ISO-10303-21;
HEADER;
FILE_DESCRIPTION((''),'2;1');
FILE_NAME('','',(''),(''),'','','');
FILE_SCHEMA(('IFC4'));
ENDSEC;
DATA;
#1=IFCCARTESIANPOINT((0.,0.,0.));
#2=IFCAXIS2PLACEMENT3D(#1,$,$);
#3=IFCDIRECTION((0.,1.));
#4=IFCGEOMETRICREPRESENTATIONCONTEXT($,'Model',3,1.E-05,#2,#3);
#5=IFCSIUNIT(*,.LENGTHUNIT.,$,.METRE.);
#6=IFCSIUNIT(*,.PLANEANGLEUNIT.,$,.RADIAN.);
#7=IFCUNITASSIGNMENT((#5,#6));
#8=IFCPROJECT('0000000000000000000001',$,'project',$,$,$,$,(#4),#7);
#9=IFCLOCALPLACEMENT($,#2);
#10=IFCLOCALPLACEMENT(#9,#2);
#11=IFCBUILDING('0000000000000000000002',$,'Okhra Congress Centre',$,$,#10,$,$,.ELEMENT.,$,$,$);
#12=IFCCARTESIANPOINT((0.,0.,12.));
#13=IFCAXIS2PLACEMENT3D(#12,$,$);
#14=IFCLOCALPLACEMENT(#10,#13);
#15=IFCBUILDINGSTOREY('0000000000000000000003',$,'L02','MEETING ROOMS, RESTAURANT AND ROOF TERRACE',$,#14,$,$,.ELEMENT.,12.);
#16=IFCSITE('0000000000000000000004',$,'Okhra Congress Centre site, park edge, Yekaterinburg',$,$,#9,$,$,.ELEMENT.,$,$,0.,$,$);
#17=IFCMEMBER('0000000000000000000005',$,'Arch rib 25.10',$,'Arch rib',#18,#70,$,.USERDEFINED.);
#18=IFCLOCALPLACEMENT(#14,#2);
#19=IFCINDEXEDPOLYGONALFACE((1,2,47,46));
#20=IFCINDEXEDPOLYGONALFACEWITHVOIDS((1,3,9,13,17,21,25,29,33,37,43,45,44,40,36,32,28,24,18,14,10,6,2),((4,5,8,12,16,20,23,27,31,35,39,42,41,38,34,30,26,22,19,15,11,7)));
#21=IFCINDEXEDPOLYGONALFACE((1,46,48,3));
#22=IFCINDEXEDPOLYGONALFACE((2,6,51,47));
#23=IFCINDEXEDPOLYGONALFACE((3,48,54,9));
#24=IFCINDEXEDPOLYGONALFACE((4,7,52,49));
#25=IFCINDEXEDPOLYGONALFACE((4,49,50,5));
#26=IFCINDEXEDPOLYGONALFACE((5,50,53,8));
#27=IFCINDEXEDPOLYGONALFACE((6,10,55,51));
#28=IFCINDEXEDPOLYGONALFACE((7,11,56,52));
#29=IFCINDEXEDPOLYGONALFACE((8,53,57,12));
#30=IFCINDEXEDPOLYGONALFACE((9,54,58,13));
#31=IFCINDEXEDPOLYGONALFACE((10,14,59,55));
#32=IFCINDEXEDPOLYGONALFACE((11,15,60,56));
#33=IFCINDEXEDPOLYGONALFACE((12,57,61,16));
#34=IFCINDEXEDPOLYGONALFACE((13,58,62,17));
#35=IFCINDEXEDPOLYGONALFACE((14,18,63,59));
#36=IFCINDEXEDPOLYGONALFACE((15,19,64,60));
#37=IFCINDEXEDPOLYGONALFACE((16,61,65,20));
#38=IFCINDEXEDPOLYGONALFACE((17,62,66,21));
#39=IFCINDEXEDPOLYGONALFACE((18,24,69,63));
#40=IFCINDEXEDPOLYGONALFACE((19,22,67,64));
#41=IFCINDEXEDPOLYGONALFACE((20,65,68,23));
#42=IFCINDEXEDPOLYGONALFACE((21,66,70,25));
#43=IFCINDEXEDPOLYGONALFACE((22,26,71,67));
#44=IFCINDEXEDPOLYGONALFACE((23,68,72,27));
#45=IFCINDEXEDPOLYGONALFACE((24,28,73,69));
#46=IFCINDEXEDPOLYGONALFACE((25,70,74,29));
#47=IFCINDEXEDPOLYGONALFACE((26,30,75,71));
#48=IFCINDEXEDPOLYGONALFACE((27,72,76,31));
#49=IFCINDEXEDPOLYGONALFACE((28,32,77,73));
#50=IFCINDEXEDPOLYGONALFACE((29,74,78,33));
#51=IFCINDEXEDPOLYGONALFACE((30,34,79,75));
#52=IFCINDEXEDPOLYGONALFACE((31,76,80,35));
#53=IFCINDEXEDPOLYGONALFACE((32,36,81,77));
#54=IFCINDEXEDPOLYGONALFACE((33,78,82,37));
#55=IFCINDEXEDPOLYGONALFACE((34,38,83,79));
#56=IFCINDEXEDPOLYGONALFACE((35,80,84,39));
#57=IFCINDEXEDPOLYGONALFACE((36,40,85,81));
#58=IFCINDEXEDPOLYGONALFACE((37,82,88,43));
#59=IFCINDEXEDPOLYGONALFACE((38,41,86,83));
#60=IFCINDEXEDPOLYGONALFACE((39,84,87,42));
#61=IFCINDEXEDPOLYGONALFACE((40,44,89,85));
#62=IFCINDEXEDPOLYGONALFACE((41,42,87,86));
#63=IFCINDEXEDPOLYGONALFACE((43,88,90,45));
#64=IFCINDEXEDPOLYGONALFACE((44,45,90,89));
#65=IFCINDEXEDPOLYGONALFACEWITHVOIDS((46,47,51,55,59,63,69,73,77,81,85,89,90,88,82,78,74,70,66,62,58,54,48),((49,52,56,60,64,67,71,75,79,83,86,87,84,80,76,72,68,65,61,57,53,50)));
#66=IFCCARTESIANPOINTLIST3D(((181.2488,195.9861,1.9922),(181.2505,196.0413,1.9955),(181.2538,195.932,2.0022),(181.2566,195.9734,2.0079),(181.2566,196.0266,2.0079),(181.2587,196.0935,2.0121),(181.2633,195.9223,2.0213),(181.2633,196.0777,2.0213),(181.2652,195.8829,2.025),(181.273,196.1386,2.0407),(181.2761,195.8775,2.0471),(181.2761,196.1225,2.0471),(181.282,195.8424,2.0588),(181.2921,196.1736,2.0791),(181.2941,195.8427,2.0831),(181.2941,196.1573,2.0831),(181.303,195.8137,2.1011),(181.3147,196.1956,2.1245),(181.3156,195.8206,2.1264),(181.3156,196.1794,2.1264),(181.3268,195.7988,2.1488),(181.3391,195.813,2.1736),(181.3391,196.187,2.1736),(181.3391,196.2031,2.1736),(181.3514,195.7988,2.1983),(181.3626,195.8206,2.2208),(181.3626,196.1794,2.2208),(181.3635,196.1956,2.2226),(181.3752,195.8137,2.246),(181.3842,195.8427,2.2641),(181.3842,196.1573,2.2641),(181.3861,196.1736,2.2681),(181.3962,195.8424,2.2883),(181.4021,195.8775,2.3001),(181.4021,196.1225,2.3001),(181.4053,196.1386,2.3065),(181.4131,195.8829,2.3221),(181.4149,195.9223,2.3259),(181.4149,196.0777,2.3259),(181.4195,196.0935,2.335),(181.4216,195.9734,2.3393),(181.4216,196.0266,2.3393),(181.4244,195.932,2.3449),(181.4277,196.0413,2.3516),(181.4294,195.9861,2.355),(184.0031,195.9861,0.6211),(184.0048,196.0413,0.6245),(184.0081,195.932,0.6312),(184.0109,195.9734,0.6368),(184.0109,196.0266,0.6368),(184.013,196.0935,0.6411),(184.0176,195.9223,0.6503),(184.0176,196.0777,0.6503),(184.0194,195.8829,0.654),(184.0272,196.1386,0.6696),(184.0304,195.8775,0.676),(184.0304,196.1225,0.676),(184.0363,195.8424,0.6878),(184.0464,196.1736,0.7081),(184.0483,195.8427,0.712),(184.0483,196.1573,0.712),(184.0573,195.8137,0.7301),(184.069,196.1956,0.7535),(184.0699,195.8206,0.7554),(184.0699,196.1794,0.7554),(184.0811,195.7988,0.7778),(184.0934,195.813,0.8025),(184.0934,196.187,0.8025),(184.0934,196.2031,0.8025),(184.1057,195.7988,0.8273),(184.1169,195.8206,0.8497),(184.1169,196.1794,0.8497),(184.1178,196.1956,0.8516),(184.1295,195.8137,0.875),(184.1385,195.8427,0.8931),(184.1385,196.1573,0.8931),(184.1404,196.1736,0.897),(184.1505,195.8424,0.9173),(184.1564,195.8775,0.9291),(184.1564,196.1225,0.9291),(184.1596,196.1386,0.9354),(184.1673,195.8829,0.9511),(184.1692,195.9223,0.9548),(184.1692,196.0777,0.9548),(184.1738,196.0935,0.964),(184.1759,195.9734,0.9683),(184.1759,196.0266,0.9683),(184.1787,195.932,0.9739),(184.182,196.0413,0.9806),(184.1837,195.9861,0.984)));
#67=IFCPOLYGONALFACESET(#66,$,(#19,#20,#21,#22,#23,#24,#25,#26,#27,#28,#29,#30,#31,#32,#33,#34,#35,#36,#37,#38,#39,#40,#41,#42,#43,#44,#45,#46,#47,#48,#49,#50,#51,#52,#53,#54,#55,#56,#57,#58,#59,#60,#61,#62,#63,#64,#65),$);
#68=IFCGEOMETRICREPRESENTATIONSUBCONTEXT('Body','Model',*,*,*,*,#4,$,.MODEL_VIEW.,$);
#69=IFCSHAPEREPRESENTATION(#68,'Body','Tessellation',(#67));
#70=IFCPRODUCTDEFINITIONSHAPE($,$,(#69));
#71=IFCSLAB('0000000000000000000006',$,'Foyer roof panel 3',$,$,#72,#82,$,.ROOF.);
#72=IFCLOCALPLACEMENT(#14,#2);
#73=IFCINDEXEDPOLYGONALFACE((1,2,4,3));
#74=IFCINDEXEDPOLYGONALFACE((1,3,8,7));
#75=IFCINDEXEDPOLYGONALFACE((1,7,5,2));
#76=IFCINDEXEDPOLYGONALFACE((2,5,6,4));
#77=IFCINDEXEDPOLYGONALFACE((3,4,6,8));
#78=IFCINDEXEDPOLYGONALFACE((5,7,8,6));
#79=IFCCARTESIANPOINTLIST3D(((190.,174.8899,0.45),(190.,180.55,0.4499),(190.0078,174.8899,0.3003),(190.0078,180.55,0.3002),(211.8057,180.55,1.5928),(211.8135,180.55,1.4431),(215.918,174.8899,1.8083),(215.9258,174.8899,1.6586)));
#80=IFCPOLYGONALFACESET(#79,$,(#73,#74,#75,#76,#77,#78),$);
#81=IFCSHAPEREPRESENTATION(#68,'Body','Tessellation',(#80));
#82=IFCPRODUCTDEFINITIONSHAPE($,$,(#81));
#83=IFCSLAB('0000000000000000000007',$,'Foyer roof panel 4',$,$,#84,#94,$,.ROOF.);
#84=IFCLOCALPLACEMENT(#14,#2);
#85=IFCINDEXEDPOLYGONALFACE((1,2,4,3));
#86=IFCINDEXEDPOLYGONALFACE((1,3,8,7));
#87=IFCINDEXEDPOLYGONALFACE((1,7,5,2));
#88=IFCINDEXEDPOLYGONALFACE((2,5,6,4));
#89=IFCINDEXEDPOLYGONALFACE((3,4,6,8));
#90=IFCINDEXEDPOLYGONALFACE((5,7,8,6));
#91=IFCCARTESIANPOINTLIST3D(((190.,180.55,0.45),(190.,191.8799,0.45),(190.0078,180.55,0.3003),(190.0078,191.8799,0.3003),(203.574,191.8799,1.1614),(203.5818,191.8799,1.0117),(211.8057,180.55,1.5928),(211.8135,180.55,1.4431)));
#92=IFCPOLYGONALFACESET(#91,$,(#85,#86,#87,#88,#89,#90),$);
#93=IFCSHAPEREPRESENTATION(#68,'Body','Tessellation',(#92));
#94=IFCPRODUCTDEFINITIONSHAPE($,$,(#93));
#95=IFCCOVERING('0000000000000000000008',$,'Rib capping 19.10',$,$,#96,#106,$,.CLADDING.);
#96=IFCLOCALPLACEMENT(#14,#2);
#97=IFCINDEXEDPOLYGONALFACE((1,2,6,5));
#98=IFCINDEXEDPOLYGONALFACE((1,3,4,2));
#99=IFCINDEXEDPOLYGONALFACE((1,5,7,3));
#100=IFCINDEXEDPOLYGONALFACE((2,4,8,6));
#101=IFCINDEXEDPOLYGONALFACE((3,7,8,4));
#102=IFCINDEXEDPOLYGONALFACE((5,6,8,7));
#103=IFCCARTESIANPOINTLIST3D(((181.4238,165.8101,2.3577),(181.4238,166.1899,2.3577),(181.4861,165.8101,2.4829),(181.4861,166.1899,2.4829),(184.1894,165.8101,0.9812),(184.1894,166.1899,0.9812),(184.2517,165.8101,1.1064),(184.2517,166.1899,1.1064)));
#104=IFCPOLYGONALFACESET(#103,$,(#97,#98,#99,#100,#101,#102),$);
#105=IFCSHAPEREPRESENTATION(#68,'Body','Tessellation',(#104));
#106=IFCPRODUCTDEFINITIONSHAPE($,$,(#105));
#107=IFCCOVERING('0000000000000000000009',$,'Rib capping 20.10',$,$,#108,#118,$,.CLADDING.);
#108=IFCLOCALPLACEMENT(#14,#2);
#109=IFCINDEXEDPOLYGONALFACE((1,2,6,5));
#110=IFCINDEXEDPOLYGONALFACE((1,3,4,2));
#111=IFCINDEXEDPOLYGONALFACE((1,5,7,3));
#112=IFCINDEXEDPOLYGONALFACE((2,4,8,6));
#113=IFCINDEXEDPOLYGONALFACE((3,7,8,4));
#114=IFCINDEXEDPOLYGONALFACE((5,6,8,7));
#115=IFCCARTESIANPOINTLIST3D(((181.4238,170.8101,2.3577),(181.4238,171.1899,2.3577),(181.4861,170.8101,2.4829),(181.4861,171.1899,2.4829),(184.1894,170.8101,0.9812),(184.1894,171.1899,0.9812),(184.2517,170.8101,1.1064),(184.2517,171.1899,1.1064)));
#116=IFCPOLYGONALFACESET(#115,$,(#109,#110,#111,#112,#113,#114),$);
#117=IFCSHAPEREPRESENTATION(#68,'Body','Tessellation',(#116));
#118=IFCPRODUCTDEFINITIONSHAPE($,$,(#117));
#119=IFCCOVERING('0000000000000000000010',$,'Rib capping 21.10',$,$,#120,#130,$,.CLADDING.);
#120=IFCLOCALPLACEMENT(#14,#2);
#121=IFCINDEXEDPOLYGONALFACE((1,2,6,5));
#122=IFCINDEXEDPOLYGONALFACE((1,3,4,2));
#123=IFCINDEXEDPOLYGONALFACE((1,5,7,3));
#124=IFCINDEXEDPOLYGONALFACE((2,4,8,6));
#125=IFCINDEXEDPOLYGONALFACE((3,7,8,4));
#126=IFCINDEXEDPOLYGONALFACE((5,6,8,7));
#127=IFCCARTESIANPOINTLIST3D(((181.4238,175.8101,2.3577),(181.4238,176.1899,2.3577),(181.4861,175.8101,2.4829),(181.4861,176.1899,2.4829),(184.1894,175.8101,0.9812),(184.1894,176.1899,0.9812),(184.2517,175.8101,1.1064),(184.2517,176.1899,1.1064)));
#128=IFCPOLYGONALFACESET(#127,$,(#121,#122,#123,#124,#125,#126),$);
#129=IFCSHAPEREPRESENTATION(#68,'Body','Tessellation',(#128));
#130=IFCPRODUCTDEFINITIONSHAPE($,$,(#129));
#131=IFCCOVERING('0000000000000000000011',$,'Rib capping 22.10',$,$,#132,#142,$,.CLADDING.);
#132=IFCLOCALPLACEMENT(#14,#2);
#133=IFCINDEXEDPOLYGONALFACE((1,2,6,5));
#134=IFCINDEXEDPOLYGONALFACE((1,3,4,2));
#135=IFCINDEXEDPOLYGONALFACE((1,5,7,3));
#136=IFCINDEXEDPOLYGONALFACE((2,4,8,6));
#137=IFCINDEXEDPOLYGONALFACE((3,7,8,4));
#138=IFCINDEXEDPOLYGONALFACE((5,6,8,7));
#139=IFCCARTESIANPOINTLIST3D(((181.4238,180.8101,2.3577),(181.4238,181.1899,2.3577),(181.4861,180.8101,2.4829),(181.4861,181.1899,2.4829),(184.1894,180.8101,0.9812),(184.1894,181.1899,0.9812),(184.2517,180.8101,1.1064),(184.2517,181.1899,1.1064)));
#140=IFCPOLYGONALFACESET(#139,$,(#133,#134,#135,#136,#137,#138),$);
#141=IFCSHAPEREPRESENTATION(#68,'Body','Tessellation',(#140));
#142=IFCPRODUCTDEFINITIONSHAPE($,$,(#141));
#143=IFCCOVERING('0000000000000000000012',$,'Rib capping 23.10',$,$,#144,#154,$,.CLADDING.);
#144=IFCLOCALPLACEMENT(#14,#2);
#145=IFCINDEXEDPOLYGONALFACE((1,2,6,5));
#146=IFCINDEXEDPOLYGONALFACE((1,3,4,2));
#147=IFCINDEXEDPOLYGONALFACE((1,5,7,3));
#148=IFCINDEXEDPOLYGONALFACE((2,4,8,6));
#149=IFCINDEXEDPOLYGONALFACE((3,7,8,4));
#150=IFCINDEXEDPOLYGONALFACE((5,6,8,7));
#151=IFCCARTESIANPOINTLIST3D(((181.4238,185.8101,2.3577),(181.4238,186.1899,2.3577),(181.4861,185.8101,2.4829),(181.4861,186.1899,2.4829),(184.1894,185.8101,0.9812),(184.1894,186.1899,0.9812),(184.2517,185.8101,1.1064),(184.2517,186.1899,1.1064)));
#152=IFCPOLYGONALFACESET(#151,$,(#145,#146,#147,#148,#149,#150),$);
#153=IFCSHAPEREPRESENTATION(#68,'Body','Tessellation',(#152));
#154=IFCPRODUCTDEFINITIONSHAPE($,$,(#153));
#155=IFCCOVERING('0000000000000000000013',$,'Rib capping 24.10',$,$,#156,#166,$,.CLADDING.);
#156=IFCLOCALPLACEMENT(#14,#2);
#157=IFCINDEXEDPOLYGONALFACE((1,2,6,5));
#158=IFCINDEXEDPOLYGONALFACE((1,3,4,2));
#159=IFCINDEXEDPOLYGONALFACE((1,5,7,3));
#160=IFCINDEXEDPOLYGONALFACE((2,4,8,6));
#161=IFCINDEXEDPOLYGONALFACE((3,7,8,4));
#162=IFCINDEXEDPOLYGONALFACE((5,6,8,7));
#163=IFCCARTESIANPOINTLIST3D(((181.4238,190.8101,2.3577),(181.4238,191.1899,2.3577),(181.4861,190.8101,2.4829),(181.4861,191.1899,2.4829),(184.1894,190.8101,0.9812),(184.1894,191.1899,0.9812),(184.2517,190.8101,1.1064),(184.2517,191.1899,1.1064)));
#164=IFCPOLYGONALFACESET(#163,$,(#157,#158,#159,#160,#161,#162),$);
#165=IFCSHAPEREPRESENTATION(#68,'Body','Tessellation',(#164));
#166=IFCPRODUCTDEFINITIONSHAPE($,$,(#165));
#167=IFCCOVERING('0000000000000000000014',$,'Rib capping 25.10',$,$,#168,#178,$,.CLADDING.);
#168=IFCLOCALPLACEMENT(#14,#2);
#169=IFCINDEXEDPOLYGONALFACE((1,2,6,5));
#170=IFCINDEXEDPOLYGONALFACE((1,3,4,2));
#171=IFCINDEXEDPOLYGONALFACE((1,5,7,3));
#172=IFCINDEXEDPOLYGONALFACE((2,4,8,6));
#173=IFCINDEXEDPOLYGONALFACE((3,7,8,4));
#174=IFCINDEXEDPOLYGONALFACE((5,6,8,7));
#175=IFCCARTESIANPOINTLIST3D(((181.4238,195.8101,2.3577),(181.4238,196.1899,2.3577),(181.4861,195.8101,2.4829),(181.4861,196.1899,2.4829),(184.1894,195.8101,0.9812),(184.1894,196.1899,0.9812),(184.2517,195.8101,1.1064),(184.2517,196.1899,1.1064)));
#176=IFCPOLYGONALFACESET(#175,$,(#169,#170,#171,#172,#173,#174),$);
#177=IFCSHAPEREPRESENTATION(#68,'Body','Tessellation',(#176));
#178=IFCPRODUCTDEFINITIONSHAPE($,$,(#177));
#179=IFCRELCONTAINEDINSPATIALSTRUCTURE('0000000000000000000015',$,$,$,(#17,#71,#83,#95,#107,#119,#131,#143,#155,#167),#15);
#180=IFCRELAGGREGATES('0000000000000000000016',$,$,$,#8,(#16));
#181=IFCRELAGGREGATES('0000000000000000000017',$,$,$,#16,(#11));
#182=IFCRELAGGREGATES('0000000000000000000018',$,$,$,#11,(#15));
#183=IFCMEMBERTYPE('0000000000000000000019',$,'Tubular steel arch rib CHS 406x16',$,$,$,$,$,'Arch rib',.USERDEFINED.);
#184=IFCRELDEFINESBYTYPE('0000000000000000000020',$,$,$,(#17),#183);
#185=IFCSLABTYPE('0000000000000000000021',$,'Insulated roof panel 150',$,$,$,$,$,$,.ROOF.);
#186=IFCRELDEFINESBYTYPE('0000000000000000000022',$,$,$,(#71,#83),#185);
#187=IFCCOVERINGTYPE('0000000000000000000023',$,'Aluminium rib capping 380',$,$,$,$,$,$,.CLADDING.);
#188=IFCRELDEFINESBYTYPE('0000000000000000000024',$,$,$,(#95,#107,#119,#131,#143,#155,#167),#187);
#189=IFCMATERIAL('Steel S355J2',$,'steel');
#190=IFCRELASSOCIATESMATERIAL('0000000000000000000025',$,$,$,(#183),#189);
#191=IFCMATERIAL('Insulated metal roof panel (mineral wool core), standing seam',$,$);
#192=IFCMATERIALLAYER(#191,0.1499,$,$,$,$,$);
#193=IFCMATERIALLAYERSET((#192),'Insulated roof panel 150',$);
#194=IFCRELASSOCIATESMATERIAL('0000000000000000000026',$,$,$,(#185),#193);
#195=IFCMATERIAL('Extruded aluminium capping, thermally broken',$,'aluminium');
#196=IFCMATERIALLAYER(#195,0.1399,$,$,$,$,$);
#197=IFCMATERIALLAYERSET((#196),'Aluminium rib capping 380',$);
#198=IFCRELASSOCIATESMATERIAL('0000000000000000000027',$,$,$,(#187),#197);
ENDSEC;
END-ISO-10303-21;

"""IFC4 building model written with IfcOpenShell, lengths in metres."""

from ifc_helpers import new_model, si_unit, direction, frame, origin, origin_2d, place, context, subcontext, project, spatial, polyline, hollow_circle, outline, extrude, material, layer, layer_set, material_profile, profile_set, type_object, element, save


model = new_model("IFC4")

# Units and contexts
model_context = context("Model", 3, precision=1e-05, world=origin(), true_north=direction((0.0, 1.0)))
body_context = subcontext(model_context, "Body", "Model", "MODEL_VIEW")
ifc_project = project(units=[si_unit("LENGTHUNIT", "METRE"), si_unit("PLANEANGLEUNIT", "RADIAN")], contexts=[model_context])

# Site, building, storey
site_placement = place(None, origin())
site = spatial("IfcSite", under=ifc_project, at=site_placement, Name="Okhra Congress Centre site, park edge, Yekaterinburg", CompositionType="ELEMENT", RefElevation=0.0)
building_placement = place(site_placement, origin())
building = spatial("IfcBuilding", under=site, at=building_placement, Name="Okhra Congress Centre", CompositionType="ELEMENT")
storey_placement = place(building_placement, frame((0.0, 0.0, 12.0)))
storey = spatial("IfcBuildingStorey", under=building, at=storey_placement, Name="L02", Description="MEETING ROOMS, RESTAURANT AND ROOF TERRACE", CompositionType="ELEMENT", Elevation=12.0)

# Shared definitions
ifc_material_1 = material(Name="Steel S355J2", Category="steel")

# Member
ifc_material_profile_1 = material_profile(ifc_material_1, hollow_circle(Radius=0.2031, WallThickness=0.0161, at=origin_2d()), Name="CHS 406.4x16")
ifc_profile_set_1 = profile_set([ifc_material_profile_1], Name="Steel S355J2")
member_type_1 = type_object("IfcMemberType", Name="Tubular steel arch rib CHS 406x16", ElementType="Arch rib", PredefinedType="USERDEFINED", material=ifc_profile_set_1)
for number, where, z_axis, x_axis, name in (
    (1, (181.3391, 196.0, 2.1736), (0.895219, 0.0, -0.445626), (0.0, 1.0, 0.0), "Arch rib 25.10"),
):
    element("IfcMember", number, at=place(storey_placement, frame(where, z_axis=z_axis, x_axis=x_axis)), inside=storey, type_object=member_type_1, Name=name, ObjectType="Arch rib", PredefinedType="USERDEFINED", context=body_context, shape_type="SweptSolid", body=[
        extrude(hollow_circle(Radius=0.2031, WallThickness=0.0161, at=origin_2d()), origin(), (0.0, 0.0, 1.0), 3.0767),
    ])

# Slabs
ifc_material_2 = material(Name="Insulated metal roof panel (mineral wool core), standing seam")
ifc_layer_1 = layer(ifc_material_2, 0.1499)
ifc_layer_set_1 = layer_set([ifc_layer_1], Name="Insulated roof panel 150")
slab_type = type_object("IfcSlabType", Name="Insulated roof panel 150", PredefinedType="ROOF", material=ifc_layer_set_1)
slab_1_placement = place(storey_placement, frame((211.8057, 180.55, 1.5928), z_axis=(-0.052339, 0.000004, 0.998629), x_axis=(-0.998629, 0.0, -0.052339)))
element("IfcSlab", 2, at=slab_1_placement, inside=storey, type_object=slab_type, Name="Foyer roof panel 3", PredefinedType="ROOF", context=body_context, shape_type="SweptSolid", body=[
    extrude(outline(polyline([(0.0, 0.0), (21.8356, 0.0), (21.8356, 5.6602), (-4.118, 5.6602), (0.0, 0.0)])), origin(), (0.0, 0.0, -1.0), 0.1499),
])
slab_2_placement = place(storey_placement, frame((203.574, 191.8799, 1.1614), z_axis=(-0.052338, -0.000001, 0.998629), x_axis=(-0.998629, 0.0, -0.052338)))
element("IfcSlab", 3, at=slab_2_placement, inside=storey, type_object=slab_type, Name="Foyer roof panel 4", PredefinedType="ROOF", context=body_context, shape_type="SweptSolid", body=[
    extrude(outline(polyline([(0.0, 0.0), (13.5926, 0.0), (13.5926, 11.3298), (-8.243, 11.3298), (0.0, 0.0)])), origin(), (0.0, 0.0, -1.0), 0.1499),
])

# Coverings
ifc_material_3 = material(Name="Extruded aluminium capping, thermally broken", Category="aluminium")
ifc_layer_2 = layer(ifc_material_3, 0.1399)
ifc_layer_set_2 = layer_set([ifc_layer_2], Name="Aluminium rib capping 380")
covering_type = type_object("IfcCoveringType", Name="Aluminium rib capping 380", PredefinedType="CLADDING", material=ifc_layer_set_2)
for number, where, z_axis, x_axis, name in (
    (4, (181.4861, 165.8101, 2.4829), (0.445569, 0.0, 0.895248), (0.895248, 0.0, -0.445569), "Rib capping 19.10"),
    (5, (181.4861, 170.8101, 2.4829), (0.445569, 0.0, 0.895248), (0.895248, 0.0, -0.445569), "Rib capping 20.10"),
    (6, (181.4861, 175.8101, 2.4829), (0.445569, 0.0, 0.895248), (0.895248, 0.0, -0.445569), "Rib capping 21.10"),
    (7, (181.4861, 180.8101, 2.4829), (0.445569, 0.0, 0.895248), (0.895248, 0.0, -0.445569), "Rib capping 22.10"),
    (8, (181.4861, 185.8101, 2.4829), (0.445569, 0.0, 0.895248), (0.895248, 0.0, -0.445569), "Rib capping 23.10"),
    (9, (181.4861, 190.8101, 2.4829), (0.445569, 0.0, 0.895248), (0.895248, 0.0, -0.445569), "Rib capping 24.10"),
    (10, (181.4861, 195.8101, 2.4829), (0.445569, 0.0, 0.895248), (0.895248, 0.0, -0.445569), "Rib capping 25.10"),
):
    element("IfcCovering", number, at=place(storey_placement, frame(where, z_axis=z_axis, x_axis=x_axis)), inside=storey, type_object=covering_type, Name=name, PredefinedType="CLADDING", context=body_context, shape_type="SweptSolid", body=[
        extrude(outline(polyline([(0.0, 0.0), (3.0892, 0.0), (3.0892, 0.3799), (0.0, 0.3799), (0.0, 0.0)])), origin(), (0.0, 0.0, -1.0), 0.1399),
    ])

save(model, "model.ifc")
